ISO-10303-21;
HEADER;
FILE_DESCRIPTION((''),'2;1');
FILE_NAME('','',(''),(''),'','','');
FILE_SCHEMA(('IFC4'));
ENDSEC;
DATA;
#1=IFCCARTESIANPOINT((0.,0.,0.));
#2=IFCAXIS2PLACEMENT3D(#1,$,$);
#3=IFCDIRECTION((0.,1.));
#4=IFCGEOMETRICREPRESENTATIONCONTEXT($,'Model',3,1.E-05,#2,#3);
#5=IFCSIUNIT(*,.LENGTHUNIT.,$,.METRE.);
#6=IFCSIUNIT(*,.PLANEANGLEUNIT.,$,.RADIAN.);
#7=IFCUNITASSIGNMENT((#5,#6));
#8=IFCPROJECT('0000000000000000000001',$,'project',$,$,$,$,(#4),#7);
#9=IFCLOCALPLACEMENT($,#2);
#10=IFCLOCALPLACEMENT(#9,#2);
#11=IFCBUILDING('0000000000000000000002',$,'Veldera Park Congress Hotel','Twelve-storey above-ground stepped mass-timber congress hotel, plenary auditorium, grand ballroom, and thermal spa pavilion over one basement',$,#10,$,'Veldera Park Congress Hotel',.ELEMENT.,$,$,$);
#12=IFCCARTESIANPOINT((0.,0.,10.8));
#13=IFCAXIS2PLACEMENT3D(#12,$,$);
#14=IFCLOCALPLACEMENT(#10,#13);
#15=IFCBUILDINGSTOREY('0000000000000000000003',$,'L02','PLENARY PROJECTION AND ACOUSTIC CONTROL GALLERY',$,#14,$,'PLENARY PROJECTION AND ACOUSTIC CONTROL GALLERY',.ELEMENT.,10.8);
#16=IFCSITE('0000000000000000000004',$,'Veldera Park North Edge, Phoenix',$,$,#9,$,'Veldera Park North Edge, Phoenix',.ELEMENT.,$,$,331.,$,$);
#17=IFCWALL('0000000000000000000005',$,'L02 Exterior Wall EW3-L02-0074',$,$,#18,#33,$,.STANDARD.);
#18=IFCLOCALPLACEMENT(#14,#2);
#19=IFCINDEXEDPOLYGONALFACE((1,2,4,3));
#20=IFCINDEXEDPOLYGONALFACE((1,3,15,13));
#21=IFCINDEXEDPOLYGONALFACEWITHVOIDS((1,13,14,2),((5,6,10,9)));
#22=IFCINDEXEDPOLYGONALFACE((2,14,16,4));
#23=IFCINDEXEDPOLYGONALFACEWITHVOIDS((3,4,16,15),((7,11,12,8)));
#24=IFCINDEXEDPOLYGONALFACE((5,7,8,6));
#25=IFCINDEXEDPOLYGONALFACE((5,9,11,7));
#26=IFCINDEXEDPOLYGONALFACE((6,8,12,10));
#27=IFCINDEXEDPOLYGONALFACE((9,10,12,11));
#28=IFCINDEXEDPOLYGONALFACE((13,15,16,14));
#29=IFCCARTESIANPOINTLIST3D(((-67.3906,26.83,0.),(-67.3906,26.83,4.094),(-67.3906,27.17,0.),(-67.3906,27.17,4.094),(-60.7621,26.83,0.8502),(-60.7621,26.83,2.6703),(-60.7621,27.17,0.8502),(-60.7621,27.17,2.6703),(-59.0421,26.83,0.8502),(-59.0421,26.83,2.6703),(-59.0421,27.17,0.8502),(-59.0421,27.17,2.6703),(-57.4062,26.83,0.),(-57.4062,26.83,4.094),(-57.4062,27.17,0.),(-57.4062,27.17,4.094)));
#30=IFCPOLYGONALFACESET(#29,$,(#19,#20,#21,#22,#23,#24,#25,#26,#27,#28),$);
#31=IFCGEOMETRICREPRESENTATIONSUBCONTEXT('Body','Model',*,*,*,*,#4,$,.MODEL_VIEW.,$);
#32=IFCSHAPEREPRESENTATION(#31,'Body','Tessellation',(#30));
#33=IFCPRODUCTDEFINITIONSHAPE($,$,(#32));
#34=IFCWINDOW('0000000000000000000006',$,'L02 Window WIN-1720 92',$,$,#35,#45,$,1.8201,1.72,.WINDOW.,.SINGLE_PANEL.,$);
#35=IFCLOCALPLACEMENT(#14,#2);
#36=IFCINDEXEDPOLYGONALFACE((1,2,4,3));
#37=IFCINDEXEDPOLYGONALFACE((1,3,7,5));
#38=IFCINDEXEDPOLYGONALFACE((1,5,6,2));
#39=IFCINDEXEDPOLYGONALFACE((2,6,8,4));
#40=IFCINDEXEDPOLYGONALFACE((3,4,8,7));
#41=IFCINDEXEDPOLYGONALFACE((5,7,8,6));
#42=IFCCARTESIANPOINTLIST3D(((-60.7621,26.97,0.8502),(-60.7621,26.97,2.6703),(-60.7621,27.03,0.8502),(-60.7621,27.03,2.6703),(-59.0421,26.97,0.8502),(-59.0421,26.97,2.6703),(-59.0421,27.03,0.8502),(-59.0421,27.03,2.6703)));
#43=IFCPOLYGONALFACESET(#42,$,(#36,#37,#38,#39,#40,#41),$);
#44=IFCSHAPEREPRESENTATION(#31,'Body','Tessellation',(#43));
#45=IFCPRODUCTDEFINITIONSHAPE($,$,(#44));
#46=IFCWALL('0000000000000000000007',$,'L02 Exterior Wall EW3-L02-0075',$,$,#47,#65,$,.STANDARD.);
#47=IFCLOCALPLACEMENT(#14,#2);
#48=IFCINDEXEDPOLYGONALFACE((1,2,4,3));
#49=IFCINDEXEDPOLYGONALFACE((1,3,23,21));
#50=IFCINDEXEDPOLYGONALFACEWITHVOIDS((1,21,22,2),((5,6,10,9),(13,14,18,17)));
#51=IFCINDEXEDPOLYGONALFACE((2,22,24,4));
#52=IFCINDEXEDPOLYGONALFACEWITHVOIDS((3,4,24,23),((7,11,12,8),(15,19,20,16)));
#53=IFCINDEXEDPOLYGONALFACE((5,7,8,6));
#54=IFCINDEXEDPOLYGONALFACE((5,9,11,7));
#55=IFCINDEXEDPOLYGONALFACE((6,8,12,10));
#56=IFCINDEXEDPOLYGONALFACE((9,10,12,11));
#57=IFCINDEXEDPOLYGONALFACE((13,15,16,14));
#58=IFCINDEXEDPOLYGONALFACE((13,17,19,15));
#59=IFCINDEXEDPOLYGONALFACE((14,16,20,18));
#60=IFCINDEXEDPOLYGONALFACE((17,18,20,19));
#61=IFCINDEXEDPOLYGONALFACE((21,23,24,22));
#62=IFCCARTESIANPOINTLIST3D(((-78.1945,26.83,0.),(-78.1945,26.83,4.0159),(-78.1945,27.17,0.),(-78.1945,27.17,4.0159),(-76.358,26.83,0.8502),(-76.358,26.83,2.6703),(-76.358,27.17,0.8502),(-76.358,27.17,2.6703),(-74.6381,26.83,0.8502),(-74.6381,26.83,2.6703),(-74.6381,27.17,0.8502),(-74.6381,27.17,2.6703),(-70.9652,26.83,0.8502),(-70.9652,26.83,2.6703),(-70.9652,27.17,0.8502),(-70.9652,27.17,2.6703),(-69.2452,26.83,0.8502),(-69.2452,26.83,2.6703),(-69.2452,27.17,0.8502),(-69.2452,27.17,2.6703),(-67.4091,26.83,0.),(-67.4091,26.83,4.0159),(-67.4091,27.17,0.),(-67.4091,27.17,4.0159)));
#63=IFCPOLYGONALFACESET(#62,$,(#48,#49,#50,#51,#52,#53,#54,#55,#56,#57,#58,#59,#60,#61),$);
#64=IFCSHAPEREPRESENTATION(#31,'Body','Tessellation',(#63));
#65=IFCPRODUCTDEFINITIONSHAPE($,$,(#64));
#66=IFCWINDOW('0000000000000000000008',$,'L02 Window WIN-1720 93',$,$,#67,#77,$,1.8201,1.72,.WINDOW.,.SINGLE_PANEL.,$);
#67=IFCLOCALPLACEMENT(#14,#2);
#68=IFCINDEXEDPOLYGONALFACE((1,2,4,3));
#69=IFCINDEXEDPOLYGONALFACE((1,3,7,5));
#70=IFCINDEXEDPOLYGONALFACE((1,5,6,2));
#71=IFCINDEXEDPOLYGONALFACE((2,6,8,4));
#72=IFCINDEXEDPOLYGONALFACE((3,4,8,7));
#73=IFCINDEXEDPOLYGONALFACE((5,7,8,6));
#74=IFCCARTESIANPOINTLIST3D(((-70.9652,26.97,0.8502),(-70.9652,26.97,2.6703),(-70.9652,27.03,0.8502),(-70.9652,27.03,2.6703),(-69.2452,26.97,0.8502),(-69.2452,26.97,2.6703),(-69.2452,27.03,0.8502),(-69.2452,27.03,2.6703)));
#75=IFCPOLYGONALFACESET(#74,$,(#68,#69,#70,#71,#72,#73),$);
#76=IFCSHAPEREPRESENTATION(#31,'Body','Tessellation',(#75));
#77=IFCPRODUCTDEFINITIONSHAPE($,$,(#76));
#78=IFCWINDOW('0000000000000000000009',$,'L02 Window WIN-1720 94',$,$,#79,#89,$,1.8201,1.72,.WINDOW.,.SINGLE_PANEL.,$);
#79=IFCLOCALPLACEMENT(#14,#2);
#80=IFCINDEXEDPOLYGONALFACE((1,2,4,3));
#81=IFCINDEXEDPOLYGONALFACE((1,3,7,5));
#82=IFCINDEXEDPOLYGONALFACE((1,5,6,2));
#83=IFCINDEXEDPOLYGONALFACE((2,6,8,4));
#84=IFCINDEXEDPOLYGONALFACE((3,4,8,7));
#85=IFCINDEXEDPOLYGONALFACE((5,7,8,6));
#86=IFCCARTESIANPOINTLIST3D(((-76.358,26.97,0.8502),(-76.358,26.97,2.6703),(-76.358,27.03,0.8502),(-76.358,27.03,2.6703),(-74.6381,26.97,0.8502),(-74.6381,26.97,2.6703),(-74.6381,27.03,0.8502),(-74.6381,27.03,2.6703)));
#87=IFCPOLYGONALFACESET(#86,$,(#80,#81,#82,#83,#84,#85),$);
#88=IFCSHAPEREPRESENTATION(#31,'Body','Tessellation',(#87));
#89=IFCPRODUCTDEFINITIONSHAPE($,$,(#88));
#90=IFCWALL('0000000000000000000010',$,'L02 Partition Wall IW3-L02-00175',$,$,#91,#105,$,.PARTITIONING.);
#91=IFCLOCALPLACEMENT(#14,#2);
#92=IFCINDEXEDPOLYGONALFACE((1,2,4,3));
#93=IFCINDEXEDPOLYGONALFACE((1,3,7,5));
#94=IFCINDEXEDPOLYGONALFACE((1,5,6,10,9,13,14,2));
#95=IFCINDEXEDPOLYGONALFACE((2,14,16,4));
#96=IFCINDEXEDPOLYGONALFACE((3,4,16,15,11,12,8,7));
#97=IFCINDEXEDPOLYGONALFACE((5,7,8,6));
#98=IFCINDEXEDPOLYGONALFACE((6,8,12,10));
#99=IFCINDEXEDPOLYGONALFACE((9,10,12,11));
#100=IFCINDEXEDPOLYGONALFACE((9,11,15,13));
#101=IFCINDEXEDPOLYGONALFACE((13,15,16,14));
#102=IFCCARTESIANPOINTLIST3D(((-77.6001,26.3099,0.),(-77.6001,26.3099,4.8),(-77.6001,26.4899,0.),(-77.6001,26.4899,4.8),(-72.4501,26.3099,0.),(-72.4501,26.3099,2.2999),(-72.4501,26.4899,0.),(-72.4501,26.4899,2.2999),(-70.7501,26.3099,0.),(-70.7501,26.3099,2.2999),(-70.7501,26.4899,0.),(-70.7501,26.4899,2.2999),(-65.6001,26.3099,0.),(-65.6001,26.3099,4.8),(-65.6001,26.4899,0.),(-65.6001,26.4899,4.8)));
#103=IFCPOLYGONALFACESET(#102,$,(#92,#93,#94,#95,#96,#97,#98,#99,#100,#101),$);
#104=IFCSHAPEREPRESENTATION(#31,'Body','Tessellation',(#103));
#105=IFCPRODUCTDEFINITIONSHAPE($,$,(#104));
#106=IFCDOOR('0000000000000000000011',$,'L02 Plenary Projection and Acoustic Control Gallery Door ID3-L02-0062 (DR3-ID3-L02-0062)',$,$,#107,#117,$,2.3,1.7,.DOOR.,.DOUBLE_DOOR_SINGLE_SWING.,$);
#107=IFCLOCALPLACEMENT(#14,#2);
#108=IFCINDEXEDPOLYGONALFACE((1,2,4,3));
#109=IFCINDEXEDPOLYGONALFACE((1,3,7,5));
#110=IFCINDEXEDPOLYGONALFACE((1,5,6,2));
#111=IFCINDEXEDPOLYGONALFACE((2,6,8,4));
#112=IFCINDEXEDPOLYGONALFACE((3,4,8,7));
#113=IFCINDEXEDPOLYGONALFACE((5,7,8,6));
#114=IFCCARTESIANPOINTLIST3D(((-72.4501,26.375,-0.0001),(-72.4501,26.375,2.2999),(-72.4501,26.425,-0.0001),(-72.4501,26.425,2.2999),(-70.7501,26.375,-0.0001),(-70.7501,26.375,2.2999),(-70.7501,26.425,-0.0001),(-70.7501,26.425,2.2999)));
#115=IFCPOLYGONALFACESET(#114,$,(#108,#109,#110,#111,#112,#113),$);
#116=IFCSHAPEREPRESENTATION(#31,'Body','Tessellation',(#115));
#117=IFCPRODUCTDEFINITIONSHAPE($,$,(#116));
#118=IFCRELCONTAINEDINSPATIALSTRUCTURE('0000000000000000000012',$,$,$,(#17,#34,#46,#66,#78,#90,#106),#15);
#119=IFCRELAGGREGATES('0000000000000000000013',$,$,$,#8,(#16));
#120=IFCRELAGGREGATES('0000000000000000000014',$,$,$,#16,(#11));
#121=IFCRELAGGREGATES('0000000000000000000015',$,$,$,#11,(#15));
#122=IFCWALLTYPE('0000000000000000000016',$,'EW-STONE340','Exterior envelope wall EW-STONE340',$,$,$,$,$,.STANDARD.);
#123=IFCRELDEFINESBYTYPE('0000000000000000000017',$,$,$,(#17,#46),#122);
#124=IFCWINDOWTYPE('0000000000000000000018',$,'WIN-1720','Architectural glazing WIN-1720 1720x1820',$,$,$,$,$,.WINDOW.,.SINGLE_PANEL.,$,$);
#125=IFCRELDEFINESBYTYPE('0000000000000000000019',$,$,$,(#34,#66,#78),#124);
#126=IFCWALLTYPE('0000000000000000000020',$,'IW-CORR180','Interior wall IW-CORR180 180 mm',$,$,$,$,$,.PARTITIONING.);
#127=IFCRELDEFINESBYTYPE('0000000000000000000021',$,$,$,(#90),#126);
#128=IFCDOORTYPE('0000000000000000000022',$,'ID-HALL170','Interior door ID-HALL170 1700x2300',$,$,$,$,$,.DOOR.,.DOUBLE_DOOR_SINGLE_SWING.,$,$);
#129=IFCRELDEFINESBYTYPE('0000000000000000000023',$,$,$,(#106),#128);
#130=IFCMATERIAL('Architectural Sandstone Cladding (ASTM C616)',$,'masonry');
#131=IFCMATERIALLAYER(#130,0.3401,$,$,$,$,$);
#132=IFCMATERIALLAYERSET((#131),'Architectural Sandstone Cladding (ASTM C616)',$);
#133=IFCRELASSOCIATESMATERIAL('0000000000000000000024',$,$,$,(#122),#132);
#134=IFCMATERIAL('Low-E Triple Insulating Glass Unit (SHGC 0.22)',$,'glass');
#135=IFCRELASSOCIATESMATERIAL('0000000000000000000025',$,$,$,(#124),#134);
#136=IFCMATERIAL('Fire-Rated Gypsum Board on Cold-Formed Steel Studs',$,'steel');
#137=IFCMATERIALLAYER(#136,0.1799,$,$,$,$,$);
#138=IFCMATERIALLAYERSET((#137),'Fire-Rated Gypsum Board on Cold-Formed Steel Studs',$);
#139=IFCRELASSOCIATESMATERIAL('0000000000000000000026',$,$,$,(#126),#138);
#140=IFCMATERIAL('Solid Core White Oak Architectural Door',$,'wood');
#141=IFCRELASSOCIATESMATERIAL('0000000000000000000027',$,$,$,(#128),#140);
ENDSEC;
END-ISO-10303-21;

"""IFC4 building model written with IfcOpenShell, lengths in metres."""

from ifc_helpers import new_model, si_unit, direction, frame, frame_2d, origin, place, context, subcontext, project, spatial, rectangle, extrude, material, layer, layer_set, type_object, element, fill, save


model = new_model("IFC4")

# Units and contexts
model_context = context("Model", 3, precision=1e-05, world=origin(), true_north=direction((0.0, 1.0)))
body_context = subcontext(model_context, "Body", "Model", "MODEL_VIEW")
ifc_project = project(units=[si_unit("LENGTHUNIT", "METRE"), si_unit("PLANEANGLEUNIT", "RADIAN")], contexts=[model_context])

# Site, building, storey
site_placement = place(None, origin())
site = spatial("IfcSite", under=ifc_project, at=site_placement, Name="Veldera Park North Edge, Phoenix", LongName="Veldera Park North Edge, Phoenix", CompositionType="ELEMENT", RefElevation=331.0)
building_placement = place(site_placement, origin())
building = spatial("IfcBuilding", under=site, at=building_placement, Name="Veldera Park Congress Hotel", Description="Twelve-storey above-ground stepped mass-timber congress hotel, plenary auditorium, grand ballroom, and thermal spa pavilion over one basement", LongName="Veldera Park Congress Hotel", CompositionType="ELEMENT")
storey_placement = place(building_placement, frame((0.0, 0.0, 10.8)))
storey = spatial("IfcBuildingStorey", under=building, at=storey_placement, Name="L02", Description="PLENARY PROJECTION AND ACOUSTIC CONTROL GALLERY", LongName="PLENARY PROJECTION AND ACOUSTIC CONTROL GALLERY", CompositionType="ELEMENT", Elevation=10.8)

# Shared definitions
ifc_material_1 = material(Name="Architectural Sandstone Cladding (ASTM C616)", Category="masonry")
ifc_layer_1 = layer(ifc_material_1, 0.3401)
ifc_layer_set_1 = layer_set([ifc_layer_1], Name="Architectural Sandstone Cladding (ASTM C616)")
wall_type_1 = type_object("IfcWallType", Name="EW-STONE340", Description="Exterior envelope wall EW-STONE340", PredefinedType="STANDARD", material=ifc_layer_set_1)
ifc_material_2 = material(Name="Low-E Triple Insulating Glass Unit (SHGC 0.22)", Category="glass")
window_type = type_object("IfcWindowType", Name="WIN-1720", Description="Architectural glazing WIN-1720 1720x1820", PartitioningType="SINGLE_PANEL", PredefinedType="WINDOW", material=ifc_material_2)

# Wall, opening, window
wall_1_placement = place(storey_placement, frame((-57.4062, 27.0, 0.0), z_axis=(0.0, 0.0, 1.0), x_axis=(-1.0, 0.0, 0.0)))
wall_1 = element("IfcWall", 1, at=wall_1_placement, inside=storey, type_object=wall_type_1, Name="L02 Exterior Wall EW3-L02-0074", PredefinedType="STANDARD", context=body_context, shape_type="SweptSolid", body=[
    extrude(rectangle(XDim=9.9844, YDim=0.3401, at=frame_2d((4.9922, 0.0))), origin(), (0.0, 0.0, 1.0), 4.094),
])
opening_1_placement = place(wall_1_placement, frame((1.636, 0.0, 0.8501)))
opening_1 = element("IfcOpeningElement", 2, at=opening_1_placement, cuts=wall_1, PredefinedType="OPENING", context=body_context, shape_type="SweptSolid", body=[
    extrude(rectangle(XDim=1.72, YDim=1.8201, at=frame_2d((0.8599, 0.9102))), frame((0.0, 0.1821, 0.0), z_axis=(0.0, -1.0, 0.0), x_axis=(1.0, 0.0, 0.0)), (0.0, 0.0, 1.0), 0.364),
])
window_1_placement = place(opening_1_placement, origin())
window_1 = element("IfcWindow", 3, at=window_1_placement, inside=storey, type_object=window_type, Name="L02 Window WIN-1720 92", OverallHeight=1.8201, OverallWidth=1.72, PartitioningType="SINGLE_PANEL", PredefinedType="WINDOW", context=body_context, shape_type="SweptSolid", body=[
    extrude(rectangle(XDim=1.72, YDim=1.8201, at=frame_2d((0.8599, 0.9102))), frame((0.0, 0.03, 0.0), z_axis=(0.0, -1.0, 0.0), x_axis=(1.0, 0.0, 0.0)), (0.0, 0.0, 1.0), 0.0601),
])
fill(opening_1, window_1)

# Wall, openings, windows
wall_2_placement = place(storey_placement, frame((-67.4092, 27.0, 0.0), z_axis=(0.0, 0.0, 1.0), x_axis=(-1.0, 0.0, 0.0)))
wall_2 = element("IfcWall", 4, at=wall_2_placement, inside=storey, type_object=wall_type_1, Name="L02 Exterior Wall EW3-L02-0075", PredefinedType="STANDARD", context=body_context, shape_type="SweptSolid", body=[
    extrude(rectangle(XDim=10.7854, YDim=0.3401, at=frame_2d((5.3926, 0.0))), origin(), (0.0, 0.0, 1.0), 4.0159),
])
opening_2_placement = place(wall_2_placement, frame((1.8362, 0.0, 0.8501)))
opening_2 = element("IfcOpeningElement", 5, at=opening_2_placement, cuts=wall_2, PredefinedType="OPENING", context=body_context, shape_type="SweptSolid", body=[
    extrude(rectangle(XDim=1.72, YDim=1.8201, at=frame_2d((0.8599, 0.9102))), frame((0.0, 0.1821, 0.0), z_axis=(0.0, -1.0, 0.0), x_axis=(1.0, 0.0, 0.0)), (0.0, 0.0, 1.0), 0.364),
])
opening_3_placement = place(wall_2_placement, frame((7.229, 0.0, 0.8501)))
opening_3 = element("IfcOpeningElement", 6, at=opening_3_placement, cuts=wall_2, PredefinedType="OPENING", context=body_context, shape_type="SweptSolid", body=[
    extrude(rectangle(XDim=1.72, YDim=1.8201, at=frame_2d((0.8599, 0.9102))), frame((0.0, 0.1821, 0.0), z_axis=(0.0, -1.0, 0.0), x_axis=(1.0, 0.0, 0.0)), (0.0, 0.0, 1.0), 0.364),
])
window_2_placement = place(opening_2_placement, origin())
window_2 = element("IfcWindow", 7, at=window_2_placement, inside=storey, type_object=window_type, Name="L02 Window WIN-1720 93", OverallHeight=1.8201, OverallWidth=1.72, PartitioningType="SINGLE_PANEL", PredefinedType="WINDOW", context=body_context, shape_type="SweptSolid", body=[
    extrude(rectangle(XDim=1.72, YDim=1.8201, at=frame_2d((0.8599, 0.9102))), frame((0.0, 0.03, 0.0), z_axis=(0.0, -1.0, 0.0), x_axis=(1.0, 0.0, 0.0)), (0.0, 0.0, 1.0), 0.0601),
])
fill(opening_2, window_2)
window_3_placement = place(opening_3_placement, origin())
window_3 = element("IfcWindow", 8, at=window_3_placement, inside=storey, type_object=window_type, Name="L02 Window WIN-1720 94", OverallHeight=1.8201, OverallWidth=1.72, PartitioningType="SINGLE_PANEL", PredefinedType="WINDOW", context=body_context, shape_type="SweptSolid", body=[
    extrude(rectangle(XDim=1.72, YDim=1.8201, at=frame_2d((0.8599, 0.9102))), frame((0.0, 0.03, 0.0), z_axis=(0.0, -1.0, 0.0), x_axis=(1.0, 0.0, 0.0)), (0.0, 0.0, 1.0), 0.0601),
])
fill(opening_3, window_3)

# Wall, opening, door
ifc_material_3 = material(Name="Fire-Rated Gypsum Board on Cold-Formed Steel Studs", Category="steel")
ifc_layer_2 = layer(ifc_material_3, 0.1799)
ifc_layer_set_2 = layer_set([ifc_layer_2], Name="Fire-Rated Gypsum Board on Cold-Formed Steel Studs")
wall_type_2 = type_object("IfcWallType", Name="IW-CORR180", Description="Interior wall IW-CORR180 180 mm", PredefinedType="PARTITIONING", material=ifc_layer_set_2)
wall_3_placement = place(storey_placement, frame((-65.6001, 26.3999, 0.0), z_axis=(0.0, 0.0, 1.0), x_axis=(-1.0, 0.0, 0.0)))
wall_3 = element("IfcWall", 9, at=wall_3_placement, inside=storey, type_object=wall_type_2, Name="L02 Partition Wall IW3-L02-00175", PredefinedType="PARTITIONING", context=body_context, shape_type="SweptSolid", body=[
    extrude(rectangle(XDim=12.0, YDim=0.1799, at=frame_2d((6.0, 0.0))), origin(), (0.0, 0.0, 1.0), 4.8),
])
opening_4_placement = place(wall_3_placement, frame((5.1499, 0.0, 0.0)))
opening_4 = element("IfcOpeningElement", 10, at=opening_4_placement, cuts=wall_3, PredefinedType="OPENING", context=body_context, shape_type="SweptSolid", body=[
    extrude(rectangle(XDim=1.7, YDim=2.3, at=frame_2d((0.8501, 1.1499))), frame((0.0, 0.1021, 0.0), z_axis=(0.0, -1.0, 0.0), x_axis=(1.0, 0.0, 0.0)), (0.0, 0.0, 1.0), 0.2039),
])
ifc_material_4 = material(Name="Solid Core White Oak Architectural Door", Category="wood")
door_type = type_object("IfcDoorType", Name="ID-HALL170", Description="Interior door ID-HALL170 1700x2300", OperationType="DOUBLE_DOOR_SINGLE_SWING", PredefinedType="DOOR", material=ifc_material_4)
door_placement = place(opening_4_placement, origin())
door = element("IfcDoor", 11, at=door_placement, inside=storey, type_object=door_type, Name="L02 Plenary Projection and Acoustic Control Gallery Door ID3-L02-0062 (DR3-ID3-L02-0062)", OperationType="DOUBLE_DOOR_SINGLE_SWING", OverallHeight=2.3, OverallWidth=1.7, PredefinedType="DOOR", context=body_context, shape_type="SweptSolid", body=[
    extrude(rectangle(XDim=1.7, YDim=2.3, at=frame_2d((0.8501, 1.1499))), frame((0.0, 0.0249, 0.0), z_axis=(0.0, -1.0, 0.0), x_axis=(1.0, 0.0, 0.0)), (0.0, 0.0, 1.0), 0.05),
])
fill(opening_4, door)

save(model, "model.ifc")
